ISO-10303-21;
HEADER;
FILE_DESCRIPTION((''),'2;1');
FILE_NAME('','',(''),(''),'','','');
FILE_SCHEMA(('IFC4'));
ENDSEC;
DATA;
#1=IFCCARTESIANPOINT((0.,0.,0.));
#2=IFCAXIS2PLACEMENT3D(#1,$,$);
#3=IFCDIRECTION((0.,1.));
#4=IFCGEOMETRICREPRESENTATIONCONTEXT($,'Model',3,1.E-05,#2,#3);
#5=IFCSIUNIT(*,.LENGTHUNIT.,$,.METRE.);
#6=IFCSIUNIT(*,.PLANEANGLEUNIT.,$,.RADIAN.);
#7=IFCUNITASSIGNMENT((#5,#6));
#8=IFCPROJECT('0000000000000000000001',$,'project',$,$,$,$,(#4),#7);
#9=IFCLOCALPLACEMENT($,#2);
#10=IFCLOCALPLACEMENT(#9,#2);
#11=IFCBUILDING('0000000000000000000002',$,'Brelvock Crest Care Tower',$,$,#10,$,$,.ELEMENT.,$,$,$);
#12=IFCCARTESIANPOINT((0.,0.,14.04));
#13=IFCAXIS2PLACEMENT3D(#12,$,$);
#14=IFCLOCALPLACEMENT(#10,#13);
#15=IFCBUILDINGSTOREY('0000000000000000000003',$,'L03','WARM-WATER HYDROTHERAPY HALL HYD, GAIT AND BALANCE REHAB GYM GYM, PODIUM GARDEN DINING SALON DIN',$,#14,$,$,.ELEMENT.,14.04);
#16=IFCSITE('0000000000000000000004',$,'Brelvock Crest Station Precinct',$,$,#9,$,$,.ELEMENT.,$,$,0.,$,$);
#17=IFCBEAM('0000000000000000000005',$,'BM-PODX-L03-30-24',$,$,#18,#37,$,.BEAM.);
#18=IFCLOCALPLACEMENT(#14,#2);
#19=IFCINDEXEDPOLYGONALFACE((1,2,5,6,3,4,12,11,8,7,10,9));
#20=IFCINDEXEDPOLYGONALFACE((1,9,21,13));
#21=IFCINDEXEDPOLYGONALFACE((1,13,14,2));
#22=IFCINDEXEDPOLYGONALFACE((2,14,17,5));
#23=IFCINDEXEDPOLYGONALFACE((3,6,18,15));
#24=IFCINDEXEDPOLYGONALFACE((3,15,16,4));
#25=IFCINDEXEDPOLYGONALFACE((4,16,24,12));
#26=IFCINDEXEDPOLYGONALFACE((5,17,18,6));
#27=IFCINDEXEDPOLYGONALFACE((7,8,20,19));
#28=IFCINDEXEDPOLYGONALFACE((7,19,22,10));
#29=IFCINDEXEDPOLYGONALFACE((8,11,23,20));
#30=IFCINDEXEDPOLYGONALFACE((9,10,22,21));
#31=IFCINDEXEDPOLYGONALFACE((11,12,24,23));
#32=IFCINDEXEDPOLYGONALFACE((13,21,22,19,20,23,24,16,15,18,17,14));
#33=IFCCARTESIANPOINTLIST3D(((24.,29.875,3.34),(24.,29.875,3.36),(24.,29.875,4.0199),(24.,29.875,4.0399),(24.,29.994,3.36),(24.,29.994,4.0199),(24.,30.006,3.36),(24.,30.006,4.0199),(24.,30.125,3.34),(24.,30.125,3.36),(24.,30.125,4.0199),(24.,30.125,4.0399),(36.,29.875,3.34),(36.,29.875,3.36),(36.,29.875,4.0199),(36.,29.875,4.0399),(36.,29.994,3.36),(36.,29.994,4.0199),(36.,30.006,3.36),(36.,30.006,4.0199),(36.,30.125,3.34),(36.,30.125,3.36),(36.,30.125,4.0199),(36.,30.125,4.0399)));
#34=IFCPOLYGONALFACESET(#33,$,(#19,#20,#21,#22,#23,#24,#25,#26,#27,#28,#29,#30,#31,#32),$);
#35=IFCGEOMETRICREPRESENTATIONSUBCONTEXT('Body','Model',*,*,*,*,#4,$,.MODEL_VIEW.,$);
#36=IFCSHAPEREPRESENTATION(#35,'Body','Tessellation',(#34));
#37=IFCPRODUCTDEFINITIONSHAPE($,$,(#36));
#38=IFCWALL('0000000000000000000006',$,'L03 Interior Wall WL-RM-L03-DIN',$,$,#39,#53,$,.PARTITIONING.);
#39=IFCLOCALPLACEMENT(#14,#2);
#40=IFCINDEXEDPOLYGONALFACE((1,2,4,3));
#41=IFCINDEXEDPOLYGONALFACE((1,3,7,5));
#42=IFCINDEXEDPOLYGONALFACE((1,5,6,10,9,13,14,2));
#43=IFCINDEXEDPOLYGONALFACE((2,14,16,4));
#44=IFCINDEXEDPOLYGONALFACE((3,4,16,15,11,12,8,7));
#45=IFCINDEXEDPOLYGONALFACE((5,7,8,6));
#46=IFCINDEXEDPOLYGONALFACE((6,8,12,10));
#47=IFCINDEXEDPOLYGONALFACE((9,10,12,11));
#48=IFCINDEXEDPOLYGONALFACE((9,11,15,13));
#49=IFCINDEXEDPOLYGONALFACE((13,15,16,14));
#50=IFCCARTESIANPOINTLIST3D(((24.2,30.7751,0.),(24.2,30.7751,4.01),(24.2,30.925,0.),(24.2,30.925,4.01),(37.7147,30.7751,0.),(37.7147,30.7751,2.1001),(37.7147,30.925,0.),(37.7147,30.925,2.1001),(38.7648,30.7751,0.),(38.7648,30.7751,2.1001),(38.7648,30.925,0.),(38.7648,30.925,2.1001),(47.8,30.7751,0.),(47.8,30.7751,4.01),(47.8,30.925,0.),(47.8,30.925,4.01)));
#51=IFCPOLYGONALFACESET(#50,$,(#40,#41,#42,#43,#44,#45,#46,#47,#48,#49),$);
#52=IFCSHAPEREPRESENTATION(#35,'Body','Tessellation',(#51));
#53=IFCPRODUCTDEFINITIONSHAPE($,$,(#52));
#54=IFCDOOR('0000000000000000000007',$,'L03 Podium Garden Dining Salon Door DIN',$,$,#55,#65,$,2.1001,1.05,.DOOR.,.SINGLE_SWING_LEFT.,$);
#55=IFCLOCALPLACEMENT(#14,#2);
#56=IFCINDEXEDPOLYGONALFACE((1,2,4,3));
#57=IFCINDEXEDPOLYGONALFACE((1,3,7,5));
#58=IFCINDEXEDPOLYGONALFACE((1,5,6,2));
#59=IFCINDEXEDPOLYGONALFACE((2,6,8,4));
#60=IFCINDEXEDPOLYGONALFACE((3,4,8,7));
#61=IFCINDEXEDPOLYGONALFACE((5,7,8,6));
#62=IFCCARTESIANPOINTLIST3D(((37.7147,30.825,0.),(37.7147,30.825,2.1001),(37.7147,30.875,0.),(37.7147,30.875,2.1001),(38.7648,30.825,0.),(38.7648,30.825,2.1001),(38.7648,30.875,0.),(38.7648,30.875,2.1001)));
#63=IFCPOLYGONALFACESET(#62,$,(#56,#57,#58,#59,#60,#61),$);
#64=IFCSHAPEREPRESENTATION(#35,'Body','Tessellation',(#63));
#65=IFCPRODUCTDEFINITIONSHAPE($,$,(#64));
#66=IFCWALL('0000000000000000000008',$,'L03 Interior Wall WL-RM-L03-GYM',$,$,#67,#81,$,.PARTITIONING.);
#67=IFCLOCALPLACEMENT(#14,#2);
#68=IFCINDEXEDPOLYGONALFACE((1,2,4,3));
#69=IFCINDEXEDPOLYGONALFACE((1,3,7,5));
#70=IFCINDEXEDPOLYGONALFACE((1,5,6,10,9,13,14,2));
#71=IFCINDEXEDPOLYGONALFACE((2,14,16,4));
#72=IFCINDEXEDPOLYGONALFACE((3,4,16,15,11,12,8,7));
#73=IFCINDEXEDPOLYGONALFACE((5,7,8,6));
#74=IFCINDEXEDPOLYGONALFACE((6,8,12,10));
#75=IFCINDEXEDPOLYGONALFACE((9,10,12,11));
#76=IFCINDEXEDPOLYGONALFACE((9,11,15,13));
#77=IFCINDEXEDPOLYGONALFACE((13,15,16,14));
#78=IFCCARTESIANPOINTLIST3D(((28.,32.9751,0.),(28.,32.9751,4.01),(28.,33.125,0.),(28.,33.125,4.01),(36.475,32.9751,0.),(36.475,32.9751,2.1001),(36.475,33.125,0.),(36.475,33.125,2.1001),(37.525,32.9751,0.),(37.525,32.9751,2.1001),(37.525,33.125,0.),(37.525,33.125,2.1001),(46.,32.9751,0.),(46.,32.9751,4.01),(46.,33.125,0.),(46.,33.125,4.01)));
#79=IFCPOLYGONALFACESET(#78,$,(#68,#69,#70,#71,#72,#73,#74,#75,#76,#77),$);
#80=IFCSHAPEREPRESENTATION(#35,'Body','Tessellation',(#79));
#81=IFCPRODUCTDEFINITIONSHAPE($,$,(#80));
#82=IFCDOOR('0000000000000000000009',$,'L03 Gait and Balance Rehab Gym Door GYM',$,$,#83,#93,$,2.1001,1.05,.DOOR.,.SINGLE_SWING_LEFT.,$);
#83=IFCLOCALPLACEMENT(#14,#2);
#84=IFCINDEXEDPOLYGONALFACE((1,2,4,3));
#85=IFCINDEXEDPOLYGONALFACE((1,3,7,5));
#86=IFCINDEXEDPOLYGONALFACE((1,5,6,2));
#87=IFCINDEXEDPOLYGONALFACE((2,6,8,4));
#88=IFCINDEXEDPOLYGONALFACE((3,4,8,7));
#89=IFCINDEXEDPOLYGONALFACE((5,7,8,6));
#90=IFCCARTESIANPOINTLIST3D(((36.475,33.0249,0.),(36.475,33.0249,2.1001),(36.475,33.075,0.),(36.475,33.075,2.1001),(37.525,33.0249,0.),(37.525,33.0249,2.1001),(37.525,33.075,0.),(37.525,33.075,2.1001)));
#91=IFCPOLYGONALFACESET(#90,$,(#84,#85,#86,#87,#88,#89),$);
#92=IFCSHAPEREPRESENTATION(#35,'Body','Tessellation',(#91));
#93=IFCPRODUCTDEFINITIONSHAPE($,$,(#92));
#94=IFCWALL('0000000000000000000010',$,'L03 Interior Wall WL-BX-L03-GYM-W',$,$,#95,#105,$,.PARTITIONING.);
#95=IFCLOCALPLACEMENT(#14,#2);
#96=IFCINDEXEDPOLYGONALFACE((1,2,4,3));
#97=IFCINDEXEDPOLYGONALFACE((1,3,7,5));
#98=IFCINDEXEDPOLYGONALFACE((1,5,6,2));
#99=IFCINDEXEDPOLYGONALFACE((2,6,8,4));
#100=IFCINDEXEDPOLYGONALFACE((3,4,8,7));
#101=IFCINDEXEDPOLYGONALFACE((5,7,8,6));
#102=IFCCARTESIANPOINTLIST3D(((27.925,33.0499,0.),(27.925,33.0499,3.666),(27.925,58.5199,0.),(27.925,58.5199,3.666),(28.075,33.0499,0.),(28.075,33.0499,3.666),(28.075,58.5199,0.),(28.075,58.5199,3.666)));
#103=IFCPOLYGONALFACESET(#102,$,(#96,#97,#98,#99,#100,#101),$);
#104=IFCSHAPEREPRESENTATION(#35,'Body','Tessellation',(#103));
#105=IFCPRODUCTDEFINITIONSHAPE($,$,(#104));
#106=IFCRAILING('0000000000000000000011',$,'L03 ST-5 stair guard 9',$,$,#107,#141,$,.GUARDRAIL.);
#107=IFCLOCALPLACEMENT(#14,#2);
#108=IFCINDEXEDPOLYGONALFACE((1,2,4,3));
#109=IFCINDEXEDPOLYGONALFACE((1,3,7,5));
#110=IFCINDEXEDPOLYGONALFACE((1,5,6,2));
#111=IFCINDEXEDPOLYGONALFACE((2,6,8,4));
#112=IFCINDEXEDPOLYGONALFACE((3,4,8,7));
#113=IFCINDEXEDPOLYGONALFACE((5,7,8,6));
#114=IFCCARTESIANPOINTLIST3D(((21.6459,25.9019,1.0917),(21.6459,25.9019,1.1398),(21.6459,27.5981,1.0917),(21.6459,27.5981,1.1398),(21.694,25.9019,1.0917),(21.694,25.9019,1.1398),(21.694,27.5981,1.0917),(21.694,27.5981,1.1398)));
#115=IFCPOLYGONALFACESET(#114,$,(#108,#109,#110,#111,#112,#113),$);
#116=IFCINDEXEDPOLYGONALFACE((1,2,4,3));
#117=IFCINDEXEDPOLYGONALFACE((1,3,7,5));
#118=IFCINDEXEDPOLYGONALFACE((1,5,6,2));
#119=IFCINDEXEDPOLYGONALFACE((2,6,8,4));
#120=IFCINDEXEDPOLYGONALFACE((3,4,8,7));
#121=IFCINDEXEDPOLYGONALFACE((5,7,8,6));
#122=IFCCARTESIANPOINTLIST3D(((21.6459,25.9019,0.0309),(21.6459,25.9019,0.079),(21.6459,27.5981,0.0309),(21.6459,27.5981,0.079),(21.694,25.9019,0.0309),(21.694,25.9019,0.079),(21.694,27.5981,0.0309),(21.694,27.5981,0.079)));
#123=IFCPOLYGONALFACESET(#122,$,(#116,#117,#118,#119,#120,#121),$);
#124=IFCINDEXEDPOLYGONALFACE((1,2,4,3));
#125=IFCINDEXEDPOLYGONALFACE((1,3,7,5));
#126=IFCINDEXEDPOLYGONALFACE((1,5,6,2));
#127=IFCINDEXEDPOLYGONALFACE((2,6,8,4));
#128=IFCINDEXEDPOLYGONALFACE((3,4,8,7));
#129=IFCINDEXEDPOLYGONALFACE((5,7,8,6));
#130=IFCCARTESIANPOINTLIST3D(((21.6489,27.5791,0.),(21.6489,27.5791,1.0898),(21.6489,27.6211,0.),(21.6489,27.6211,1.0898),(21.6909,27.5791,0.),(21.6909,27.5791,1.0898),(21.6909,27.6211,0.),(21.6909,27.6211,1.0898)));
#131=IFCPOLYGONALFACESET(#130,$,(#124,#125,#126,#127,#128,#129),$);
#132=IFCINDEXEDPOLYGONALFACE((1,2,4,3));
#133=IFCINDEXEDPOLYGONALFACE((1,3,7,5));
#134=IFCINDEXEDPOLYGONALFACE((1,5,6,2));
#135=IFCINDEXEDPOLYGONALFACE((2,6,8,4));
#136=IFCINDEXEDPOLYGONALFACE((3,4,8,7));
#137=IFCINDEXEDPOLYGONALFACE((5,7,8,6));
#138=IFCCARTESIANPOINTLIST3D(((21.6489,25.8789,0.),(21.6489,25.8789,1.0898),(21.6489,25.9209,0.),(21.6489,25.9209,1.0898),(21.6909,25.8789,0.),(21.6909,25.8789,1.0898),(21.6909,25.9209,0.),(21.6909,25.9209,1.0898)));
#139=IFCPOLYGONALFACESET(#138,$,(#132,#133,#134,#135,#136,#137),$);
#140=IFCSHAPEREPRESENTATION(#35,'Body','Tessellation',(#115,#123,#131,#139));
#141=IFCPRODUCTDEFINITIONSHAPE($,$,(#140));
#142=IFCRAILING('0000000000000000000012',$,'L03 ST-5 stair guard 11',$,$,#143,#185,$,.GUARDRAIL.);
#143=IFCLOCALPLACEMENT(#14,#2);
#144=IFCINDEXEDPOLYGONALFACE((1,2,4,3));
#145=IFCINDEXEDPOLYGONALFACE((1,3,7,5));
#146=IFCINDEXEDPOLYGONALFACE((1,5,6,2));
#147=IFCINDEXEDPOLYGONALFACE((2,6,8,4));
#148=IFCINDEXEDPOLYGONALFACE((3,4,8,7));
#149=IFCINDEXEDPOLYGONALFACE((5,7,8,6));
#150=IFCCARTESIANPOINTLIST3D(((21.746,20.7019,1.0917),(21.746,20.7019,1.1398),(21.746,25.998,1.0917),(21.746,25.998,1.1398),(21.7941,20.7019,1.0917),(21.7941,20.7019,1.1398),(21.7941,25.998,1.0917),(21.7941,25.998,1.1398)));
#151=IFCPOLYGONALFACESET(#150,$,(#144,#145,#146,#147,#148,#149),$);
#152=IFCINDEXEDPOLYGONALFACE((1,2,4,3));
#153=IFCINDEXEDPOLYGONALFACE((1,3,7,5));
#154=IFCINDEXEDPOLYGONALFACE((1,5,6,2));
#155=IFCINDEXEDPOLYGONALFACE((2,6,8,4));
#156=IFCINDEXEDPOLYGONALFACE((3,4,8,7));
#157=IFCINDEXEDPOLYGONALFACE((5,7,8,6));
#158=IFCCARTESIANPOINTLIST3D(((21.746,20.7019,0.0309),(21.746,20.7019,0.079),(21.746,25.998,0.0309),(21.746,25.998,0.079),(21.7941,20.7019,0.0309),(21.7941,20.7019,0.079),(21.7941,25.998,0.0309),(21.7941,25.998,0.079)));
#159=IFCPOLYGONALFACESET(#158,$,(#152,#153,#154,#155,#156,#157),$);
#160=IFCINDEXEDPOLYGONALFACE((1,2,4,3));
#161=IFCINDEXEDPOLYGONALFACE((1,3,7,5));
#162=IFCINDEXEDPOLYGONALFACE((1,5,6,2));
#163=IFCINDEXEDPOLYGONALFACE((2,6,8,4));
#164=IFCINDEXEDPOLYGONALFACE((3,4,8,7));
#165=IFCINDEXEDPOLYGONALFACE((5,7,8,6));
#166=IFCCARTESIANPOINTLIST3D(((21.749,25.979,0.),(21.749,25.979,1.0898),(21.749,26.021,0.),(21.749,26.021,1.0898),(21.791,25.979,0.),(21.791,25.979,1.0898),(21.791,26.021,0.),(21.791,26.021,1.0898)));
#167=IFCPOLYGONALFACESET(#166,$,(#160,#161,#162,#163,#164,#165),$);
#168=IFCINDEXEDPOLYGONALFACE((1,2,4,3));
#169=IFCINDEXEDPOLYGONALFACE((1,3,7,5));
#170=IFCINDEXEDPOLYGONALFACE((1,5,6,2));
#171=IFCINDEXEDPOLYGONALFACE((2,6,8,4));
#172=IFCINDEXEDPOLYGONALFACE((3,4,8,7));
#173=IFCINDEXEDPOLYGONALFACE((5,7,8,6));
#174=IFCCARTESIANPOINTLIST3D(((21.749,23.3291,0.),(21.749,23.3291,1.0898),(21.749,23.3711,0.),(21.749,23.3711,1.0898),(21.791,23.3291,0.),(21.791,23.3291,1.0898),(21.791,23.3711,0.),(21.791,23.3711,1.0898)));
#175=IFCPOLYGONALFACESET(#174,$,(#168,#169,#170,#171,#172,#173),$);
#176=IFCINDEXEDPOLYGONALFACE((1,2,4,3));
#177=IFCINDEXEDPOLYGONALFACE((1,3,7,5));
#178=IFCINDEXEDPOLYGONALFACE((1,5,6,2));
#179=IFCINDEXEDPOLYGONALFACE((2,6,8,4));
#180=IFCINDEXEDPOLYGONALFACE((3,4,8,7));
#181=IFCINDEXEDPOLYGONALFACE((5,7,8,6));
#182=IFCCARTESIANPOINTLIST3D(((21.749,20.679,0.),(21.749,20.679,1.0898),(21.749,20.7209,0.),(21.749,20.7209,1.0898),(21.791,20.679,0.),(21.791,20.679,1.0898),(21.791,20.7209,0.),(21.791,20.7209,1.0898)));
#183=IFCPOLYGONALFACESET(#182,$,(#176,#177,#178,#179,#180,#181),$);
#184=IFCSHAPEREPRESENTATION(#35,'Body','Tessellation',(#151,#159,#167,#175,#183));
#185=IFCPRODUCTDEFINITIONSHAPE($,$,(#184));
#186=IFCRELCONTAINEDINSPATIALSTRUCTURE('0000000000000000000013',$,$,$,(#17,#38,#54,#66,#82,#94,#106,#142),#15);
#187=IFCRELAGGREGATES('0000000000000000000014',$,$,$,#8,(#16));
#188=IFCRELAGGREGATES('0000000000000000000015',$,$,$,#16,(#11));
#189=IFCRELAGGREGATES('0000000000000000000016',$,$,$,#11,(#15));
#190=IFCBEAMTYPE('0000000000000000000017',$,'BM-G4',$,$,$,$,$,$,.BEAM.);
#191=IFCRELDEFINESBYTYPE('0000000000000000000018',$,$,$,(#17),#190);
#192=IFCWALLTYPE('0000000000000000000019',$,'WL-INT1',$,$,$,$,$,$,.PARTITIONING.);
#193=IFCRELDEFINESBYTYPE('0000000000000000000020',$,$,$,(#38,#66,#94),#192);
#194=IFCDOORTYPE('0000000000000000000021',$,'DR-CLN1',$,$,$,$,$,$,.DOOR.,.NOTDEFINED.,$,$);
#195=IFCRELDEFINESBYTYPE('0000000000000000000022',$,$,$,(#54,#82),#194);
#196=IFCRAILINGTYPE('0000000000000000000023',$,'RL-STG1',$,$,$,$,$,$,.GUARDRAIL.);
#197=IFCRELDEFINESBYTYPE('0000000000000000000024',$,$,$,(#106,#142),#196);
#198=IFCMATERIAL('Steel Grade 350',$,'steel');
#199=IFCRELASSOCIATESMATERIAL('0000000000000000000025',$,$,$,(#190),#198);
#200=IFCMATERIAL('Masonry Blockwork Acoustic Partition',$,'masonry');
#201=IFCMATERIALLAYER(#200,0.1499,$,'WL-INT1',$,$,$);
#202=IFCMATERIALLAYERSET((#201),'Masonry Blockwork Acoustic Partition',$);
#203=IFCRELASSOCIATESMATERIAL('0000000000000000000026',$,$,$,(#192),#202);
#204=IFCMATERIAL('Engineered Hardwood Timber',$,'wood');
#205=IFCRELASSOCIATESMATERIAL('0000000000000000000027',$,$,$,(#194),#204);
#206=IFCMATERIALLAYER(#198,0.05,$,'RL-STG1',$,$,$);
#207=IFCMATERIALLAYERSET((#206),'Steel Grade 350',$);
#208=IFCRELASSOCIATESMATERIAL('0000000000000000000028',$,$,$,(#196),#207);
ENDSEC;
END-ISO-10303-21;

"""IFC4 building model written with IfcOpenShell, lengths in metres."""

from ifc_helpers import new_model, si_unit, direction, frame, frame_2d, origin, origin_2d, place, context, subcontext, project, spatial, rectangle, i_section, extrude, source, transform, mapped, material, layer, layer_set, material_profile, profile_set, type_object, element, fill, save


model = new_model("IFC4")

# Units and contexts
model_context = context("Model", 3, precision=1e-05, world=origin(), true_north=direction((0.0, 1.0)))
body_context = subcontext(model_context, "Body", "Model", "MODEL_VIEW")
ifc_project = project(units=[si_unit("LENGTHUNIT", "METRE"), si_unit("PLANEANGLEUNIT", "RADIAN")], contexts=[model_context])

# Site, building, storey
site_placement = place(None, origin())
site = spatial("IfcSite", under=ifc_project, at=site_placement, Name="Brelvock Crest Station Precinct", CompositionType="ELEMENT", RefElevation=0.0)
building_placement = place(site_placement, origin())
building = spatial("IfcBuilding", under=site, at=building_placement, Name="Brelvock Crest Care Tower", CompositionType="ELEMENT")
storey_placement = place(building_placement, frame((0.0, 0.0, 14.04)))
storey = spatial("IfcBuildingStorey", under=building, at=storey_placement, Name="L03", Description="WARM-WATER HYDROTHERAPY HALL HYD, GAIT AND BALANCE REHAB GYM GYM, PODIUM GARDEN DINING SALON DIN", CompositionType="ELEMENT", Elevation=14.04)

# Shared definitions
ifc_material_1 = material(Name="Steel Grade 350", Category="steel")

# Beam
ifc_material_profile_1 = material_profile(ifc_material_1, i_section(OverallWidth=0.25, OverallDepth=0.7, WebThickness=0.012, FlangeThickness=0.02, at=origin_2d()), Name="700WB150")
ifc_profile_set_1 = profile_set([ifc_material_profile_1], Name="Steel Grade 350")
beam_type_1 = type_object("IfcBeamType", Name="BM-G4", PredefinedType="BEAM", material=ifc_profile_set_1)
shared_shape_1 = source(origin(), body_context, "Body", "SweptSolid", [
    extrude(i_section(OverallWidth=0.25, OverallDepth=0.7, WebThickness=0.012, FlangeThickness=0.02, at=origin_2d()), origin(), (0.0, 0.0, 1.0), 12.0),
])
beam_1_placement = place(storey_placement, frame((24.0, 30.0, 3.6899), z_axis=(1.0, 0.0, 0.0), x_axis=(0.0, 1.0, 0.0)))
element("IfcBeam", 1, at=beam_1_placement, inside=storey, type_object=beam_type_1, Name="BM-PODX-L03-30-24", PredefinedType="BEAM", context=body_context, shape_type="MappedRepresentation", body=[
    mapped(shared_shape_1, transform((0.0, 0.0, 0.0), x_axis=(1.0, 0.0, 0.0), y_axis=(0.0, 1.0, 0.0), z_axis=(0.0, 0.0, 1.0), scale=1.0)),
])

# Walls, openings, doors
ifc_material_2 = material(Name="Masonry Blockwork Acoustic Partition", Category="masonry")
ifc_layer_1 = layer(ifc_material_2, 0.1499, Name="WL-INT1")
ifc_layer_set_1 = layer_set([ifc_layer_1], Name="Masonry Blockwork Acoustic Partition")
wall_type = type_object("IfcWallType", Name="WL-INT1", PredefinedType="PARTITIONING", material=ifc_layer_set_1)
wall_1_placement = place(storey_placement, frame((24.2, 30.8501, 0.0), z_axis=(0.0, 0.0, 1.0), x_axis=(1.0, 0.0, 0.0)))
wall_1 = element("IfcWall", 2, at=wall_1_placement, inside=storey, type_object=wall_type, Name="L03 Interior Wall WL-RM-L03-DIN", PredefinedType="PARTITIONING", context=body_context, shape_type="SweptSolid", body=[
    extrude(rectangle(XDim=23.6001, YDim=0.1499, at=frame_2d((11.8, 0.0))), origin(), (0.0, 0.0, 1.0), 4.01),
])
opening_1_placement = place(wall_1_placement, frame((13.5149, 0.0, 0.0)))
opening_1 = element("IfcOpeningElement", 3, at=opening_1_placement, cuts=wall_1, PredefinedType="OPENING", context=body_context, shape_type="SweptSolid", body=[
    extrude(rectangle(XDim=1.05, YDim=2.1001, at=origin_2d()), frame((0.5249, 0.085, 1.05), z_axis=(0.0, -1.0, 0.0), x_axis=(1.0, 0.0, 0.0)), (0.0, 0.0, 1.0), 0.1699),
])
ifc_material_3 = material(Name="Engineered Hardwood Timber", Category="wood")
door_type = type_object("IfcDoorType", Name="DR-CLN1", OperationType="NOTDEFINED", PredefinedType="DOOR", material=ifc_material_3)
shared_shape_2 = source(origin(), body_context, "Body", "SweptSolid", [
    extrude(rectangle(XDim=1.05, YDim=2.1001, at=origin_2d()), frame((0.5249, 0.0249, 1.05), z_axis=(0.0, -1.0, 0.0), x_axis=(1.0, 0.0, 0.0)), (0.0, 0.0, 1.0), 0.05),
])
door_1_placement = place(opening_1_placement, origin())
door_1 = element("IfcDoor", 4, at=door_1_placement, inside=storey, type_object=door_type, Name="L03 Podium Garden Dining Salon Door DIN", OperationType="SINGLE_SWING_LEFT", OverallHeight=2.1001, OverallWidth=1.05, PredefinedType="DOOR", context=body_context, shape_type="MappedRepresentation", body=[
    mapped(shared_shape_2, transform((0.0, 0.0, 0.0), x_axis=(1.0, 0.0, 0.0), y_axis=(0.0, 1.0, 0.0), z_axis=(0.0, 0.0, 1.0), scale=1.0)),
])
fill(opening_1, door_1)
wall_2_placement = place(storey_placement, frame((28.0, 33.05, 0.0), z_axis=(0.0, 0.0, 1.0), x_axis=(1.0, 0.0, 0.0)))
wall_2 = element("IfcWall", 5, at=wall_2_placement, inside=storey, type_object=wall_type, Name="L03 Interior Wall WL-RM-L03-GYM", PredefinedType="PARTITIONING", context=body_context, shape_type="SweptSolid", body=[
    extrude(rectangle(XDim=18.0, YDim=0.1499, at=frame_2d((9.0, 0.0))), origin(), (0.0, 0.0, 1.0), 4.01),
])
opening_2_placement = place(wall_2_placement, frame((8.4751, 0.0, 0.0)))
opening_2 = element("IfcOpeningElement", 6, at=opening_2_placement, cuts=wall_2, PredefinedType="OPENING", context=body_context, shape_type="SweptSolid", body=[
    extrude(rectangle(XDim=1.05, YDim=2.1001, at=origin_2d()), frame((0.5249, 0.085, 1.05), z_axis=(0.0, -1.0, 0.0), x_axis=(1.0, 0.0, 0.0)), (0.0, 0.0, 1.0), 0.1699),
])
door_2_placement = place(opening_2_placement, origin())
door_2 = element("IfcDoor", 7, at=door_2_placement, inside=storey, type_object=door_type, Name="L03 Gait and Balance Rehab Gym Door GYM", OperationType="SINGLE_SWING_LEFT", OverallHeight=2.1001, OverallWidth=1.05, PredefinedType="DOOR", context=body_context, shape_type="MappedRepresentation", body=[
    mapped(shared_shape_2, transform((0.0, 0.0, 0.0), x_axis=(1.0, 0.0, 0.0), y_axis=(0.0, 1.0, 0.0), z_axis=(0.0, 0.0, 1.0), scale=1.0)),
])
fill(opening_2, door_2)

# Wall
wall_3_placement = place(storey_placement, frame((28.0, 33.05, 0.0), z_axis=(0.0, 0.0, 1.0), x_axis=(0.0, 1.0, 0.0)))
element("IfcWall", 8, at=wall_3_placement, inside=storey, type_object=wall_type, Name="L03 Interior Wall WL-BX-L03-GYM-W", PredefinedType="PARTITIONING", context=body_context, shape_type="SweptSolid", body=[
    extrude(rectangle(XDim=25.47, YDim=0.1499, at=frame_2d((12.7349, 0.0))), origin(), (0.0, 0.0, 1.0), 3.666),
])

# Railings
ifc_layer_2 = layer(ifc_material_1, 0.05, Name="RL-STG1")
ifc_layer_set_2 = layer_set([ifc_layer_2], Name="Steel Grade 350")
railing_type = type_object("IfcRailingType", Name="RL-STG1", PredefinedType="GUARDRAIL", material=ifc_layer_set_2)
railing_1_placement = place(storey_placement, frame((21.6699, 27.6001, 0.0)))
element("IfcRailing", 9, at=railing_1_placement, inside=storey, type_object=railing_type, Name="L03 ST-5 stair guard 9", PredefinedType="GUARDRAIL", context=body_context, shape_type="SweptSolid", body=[
    extrude(rectangle(XDim=0.0481, YDim=0.0481, at=origin_2d()), frame((0.0, -0.002, 1.1157), z_axis=(0.0, -1.0, 0.0), x_axis=(1.0, 0.0, 0.0)), (0.0, 0.0, 1.0), 1.6963),
    extrude(rectangle(XDim=0.0481, YDim=0.0481, at=origin_2d()), frame((0.0, -0.002, 0.0549), z_axis=(0.0, -1.0, 0.0), x_axis=(1.0, 0.0, 0.0)), (0.0, 0.0, 1.0), 1.6963),
    extrude(rectangle(XDim=0.042, YDim=0.042, at=origin_2d()), origin(), (0.0, 0.0, 1.0), 1.0898),
    extrude(rectangle(XDim=0.042, YDim=0.042, at=origin_2d()), frame((0.0, -1.7002, 0.0)), (0.0, 0.0, 1.0), 1.0898),
])
railing_2_placement = place(storey_placement, frame((21.77, 26.0, 0.0)))
element("IfcRailing", 10, at=railing_2_placement, inside=storey, type_object=railing_type, Name="L03 ST-5 stair guard 11", PredefinedType="GUARDRAIL", context=body_context, shape_type="SweptSolid", body=[
    extrude(rectangle(XDim=0.0481, YDim=0.0481, at=origin_2d()), frame((0.0, -0.002, 1.1157), z_axis=(0.0, -1.0, 0.0), x_axis=(1.0, 0.0, 0.0)), (0.0, 0.0, 1.0), 5.2961),
    extrude(rectangle(XDim=0.0481, YDim=0.0481, at=origin_2d()), frame((0.0, -0.002, 0.0549), z_axis=(0.0, -1.0, 0.0), x_axis=(1.0, 0.0, 0.0)), (0.0, 0.0, 1.0), 5.2961),
    extrude(rectangle(XDim=0.042, YDim=0.042, at=origin_2d()), origin(), (0.0, 0.0, 1.0), 1.0898),
    extrude(rectangle(XDim=0.042, YDim=0.042, at=origin_2d()), frame((0.0, -2.6499, 0.0)), (0.0, 0.0, 1.0), 1.0898),
    extrude(rectangle(XDim=0.042, YDim=0.042, at=origin_2d()), frame((0.0, -5.3, 0.0)), (0.0, 0.0, 1.0), 1.0898),
])

save(model, "model.ifc")
